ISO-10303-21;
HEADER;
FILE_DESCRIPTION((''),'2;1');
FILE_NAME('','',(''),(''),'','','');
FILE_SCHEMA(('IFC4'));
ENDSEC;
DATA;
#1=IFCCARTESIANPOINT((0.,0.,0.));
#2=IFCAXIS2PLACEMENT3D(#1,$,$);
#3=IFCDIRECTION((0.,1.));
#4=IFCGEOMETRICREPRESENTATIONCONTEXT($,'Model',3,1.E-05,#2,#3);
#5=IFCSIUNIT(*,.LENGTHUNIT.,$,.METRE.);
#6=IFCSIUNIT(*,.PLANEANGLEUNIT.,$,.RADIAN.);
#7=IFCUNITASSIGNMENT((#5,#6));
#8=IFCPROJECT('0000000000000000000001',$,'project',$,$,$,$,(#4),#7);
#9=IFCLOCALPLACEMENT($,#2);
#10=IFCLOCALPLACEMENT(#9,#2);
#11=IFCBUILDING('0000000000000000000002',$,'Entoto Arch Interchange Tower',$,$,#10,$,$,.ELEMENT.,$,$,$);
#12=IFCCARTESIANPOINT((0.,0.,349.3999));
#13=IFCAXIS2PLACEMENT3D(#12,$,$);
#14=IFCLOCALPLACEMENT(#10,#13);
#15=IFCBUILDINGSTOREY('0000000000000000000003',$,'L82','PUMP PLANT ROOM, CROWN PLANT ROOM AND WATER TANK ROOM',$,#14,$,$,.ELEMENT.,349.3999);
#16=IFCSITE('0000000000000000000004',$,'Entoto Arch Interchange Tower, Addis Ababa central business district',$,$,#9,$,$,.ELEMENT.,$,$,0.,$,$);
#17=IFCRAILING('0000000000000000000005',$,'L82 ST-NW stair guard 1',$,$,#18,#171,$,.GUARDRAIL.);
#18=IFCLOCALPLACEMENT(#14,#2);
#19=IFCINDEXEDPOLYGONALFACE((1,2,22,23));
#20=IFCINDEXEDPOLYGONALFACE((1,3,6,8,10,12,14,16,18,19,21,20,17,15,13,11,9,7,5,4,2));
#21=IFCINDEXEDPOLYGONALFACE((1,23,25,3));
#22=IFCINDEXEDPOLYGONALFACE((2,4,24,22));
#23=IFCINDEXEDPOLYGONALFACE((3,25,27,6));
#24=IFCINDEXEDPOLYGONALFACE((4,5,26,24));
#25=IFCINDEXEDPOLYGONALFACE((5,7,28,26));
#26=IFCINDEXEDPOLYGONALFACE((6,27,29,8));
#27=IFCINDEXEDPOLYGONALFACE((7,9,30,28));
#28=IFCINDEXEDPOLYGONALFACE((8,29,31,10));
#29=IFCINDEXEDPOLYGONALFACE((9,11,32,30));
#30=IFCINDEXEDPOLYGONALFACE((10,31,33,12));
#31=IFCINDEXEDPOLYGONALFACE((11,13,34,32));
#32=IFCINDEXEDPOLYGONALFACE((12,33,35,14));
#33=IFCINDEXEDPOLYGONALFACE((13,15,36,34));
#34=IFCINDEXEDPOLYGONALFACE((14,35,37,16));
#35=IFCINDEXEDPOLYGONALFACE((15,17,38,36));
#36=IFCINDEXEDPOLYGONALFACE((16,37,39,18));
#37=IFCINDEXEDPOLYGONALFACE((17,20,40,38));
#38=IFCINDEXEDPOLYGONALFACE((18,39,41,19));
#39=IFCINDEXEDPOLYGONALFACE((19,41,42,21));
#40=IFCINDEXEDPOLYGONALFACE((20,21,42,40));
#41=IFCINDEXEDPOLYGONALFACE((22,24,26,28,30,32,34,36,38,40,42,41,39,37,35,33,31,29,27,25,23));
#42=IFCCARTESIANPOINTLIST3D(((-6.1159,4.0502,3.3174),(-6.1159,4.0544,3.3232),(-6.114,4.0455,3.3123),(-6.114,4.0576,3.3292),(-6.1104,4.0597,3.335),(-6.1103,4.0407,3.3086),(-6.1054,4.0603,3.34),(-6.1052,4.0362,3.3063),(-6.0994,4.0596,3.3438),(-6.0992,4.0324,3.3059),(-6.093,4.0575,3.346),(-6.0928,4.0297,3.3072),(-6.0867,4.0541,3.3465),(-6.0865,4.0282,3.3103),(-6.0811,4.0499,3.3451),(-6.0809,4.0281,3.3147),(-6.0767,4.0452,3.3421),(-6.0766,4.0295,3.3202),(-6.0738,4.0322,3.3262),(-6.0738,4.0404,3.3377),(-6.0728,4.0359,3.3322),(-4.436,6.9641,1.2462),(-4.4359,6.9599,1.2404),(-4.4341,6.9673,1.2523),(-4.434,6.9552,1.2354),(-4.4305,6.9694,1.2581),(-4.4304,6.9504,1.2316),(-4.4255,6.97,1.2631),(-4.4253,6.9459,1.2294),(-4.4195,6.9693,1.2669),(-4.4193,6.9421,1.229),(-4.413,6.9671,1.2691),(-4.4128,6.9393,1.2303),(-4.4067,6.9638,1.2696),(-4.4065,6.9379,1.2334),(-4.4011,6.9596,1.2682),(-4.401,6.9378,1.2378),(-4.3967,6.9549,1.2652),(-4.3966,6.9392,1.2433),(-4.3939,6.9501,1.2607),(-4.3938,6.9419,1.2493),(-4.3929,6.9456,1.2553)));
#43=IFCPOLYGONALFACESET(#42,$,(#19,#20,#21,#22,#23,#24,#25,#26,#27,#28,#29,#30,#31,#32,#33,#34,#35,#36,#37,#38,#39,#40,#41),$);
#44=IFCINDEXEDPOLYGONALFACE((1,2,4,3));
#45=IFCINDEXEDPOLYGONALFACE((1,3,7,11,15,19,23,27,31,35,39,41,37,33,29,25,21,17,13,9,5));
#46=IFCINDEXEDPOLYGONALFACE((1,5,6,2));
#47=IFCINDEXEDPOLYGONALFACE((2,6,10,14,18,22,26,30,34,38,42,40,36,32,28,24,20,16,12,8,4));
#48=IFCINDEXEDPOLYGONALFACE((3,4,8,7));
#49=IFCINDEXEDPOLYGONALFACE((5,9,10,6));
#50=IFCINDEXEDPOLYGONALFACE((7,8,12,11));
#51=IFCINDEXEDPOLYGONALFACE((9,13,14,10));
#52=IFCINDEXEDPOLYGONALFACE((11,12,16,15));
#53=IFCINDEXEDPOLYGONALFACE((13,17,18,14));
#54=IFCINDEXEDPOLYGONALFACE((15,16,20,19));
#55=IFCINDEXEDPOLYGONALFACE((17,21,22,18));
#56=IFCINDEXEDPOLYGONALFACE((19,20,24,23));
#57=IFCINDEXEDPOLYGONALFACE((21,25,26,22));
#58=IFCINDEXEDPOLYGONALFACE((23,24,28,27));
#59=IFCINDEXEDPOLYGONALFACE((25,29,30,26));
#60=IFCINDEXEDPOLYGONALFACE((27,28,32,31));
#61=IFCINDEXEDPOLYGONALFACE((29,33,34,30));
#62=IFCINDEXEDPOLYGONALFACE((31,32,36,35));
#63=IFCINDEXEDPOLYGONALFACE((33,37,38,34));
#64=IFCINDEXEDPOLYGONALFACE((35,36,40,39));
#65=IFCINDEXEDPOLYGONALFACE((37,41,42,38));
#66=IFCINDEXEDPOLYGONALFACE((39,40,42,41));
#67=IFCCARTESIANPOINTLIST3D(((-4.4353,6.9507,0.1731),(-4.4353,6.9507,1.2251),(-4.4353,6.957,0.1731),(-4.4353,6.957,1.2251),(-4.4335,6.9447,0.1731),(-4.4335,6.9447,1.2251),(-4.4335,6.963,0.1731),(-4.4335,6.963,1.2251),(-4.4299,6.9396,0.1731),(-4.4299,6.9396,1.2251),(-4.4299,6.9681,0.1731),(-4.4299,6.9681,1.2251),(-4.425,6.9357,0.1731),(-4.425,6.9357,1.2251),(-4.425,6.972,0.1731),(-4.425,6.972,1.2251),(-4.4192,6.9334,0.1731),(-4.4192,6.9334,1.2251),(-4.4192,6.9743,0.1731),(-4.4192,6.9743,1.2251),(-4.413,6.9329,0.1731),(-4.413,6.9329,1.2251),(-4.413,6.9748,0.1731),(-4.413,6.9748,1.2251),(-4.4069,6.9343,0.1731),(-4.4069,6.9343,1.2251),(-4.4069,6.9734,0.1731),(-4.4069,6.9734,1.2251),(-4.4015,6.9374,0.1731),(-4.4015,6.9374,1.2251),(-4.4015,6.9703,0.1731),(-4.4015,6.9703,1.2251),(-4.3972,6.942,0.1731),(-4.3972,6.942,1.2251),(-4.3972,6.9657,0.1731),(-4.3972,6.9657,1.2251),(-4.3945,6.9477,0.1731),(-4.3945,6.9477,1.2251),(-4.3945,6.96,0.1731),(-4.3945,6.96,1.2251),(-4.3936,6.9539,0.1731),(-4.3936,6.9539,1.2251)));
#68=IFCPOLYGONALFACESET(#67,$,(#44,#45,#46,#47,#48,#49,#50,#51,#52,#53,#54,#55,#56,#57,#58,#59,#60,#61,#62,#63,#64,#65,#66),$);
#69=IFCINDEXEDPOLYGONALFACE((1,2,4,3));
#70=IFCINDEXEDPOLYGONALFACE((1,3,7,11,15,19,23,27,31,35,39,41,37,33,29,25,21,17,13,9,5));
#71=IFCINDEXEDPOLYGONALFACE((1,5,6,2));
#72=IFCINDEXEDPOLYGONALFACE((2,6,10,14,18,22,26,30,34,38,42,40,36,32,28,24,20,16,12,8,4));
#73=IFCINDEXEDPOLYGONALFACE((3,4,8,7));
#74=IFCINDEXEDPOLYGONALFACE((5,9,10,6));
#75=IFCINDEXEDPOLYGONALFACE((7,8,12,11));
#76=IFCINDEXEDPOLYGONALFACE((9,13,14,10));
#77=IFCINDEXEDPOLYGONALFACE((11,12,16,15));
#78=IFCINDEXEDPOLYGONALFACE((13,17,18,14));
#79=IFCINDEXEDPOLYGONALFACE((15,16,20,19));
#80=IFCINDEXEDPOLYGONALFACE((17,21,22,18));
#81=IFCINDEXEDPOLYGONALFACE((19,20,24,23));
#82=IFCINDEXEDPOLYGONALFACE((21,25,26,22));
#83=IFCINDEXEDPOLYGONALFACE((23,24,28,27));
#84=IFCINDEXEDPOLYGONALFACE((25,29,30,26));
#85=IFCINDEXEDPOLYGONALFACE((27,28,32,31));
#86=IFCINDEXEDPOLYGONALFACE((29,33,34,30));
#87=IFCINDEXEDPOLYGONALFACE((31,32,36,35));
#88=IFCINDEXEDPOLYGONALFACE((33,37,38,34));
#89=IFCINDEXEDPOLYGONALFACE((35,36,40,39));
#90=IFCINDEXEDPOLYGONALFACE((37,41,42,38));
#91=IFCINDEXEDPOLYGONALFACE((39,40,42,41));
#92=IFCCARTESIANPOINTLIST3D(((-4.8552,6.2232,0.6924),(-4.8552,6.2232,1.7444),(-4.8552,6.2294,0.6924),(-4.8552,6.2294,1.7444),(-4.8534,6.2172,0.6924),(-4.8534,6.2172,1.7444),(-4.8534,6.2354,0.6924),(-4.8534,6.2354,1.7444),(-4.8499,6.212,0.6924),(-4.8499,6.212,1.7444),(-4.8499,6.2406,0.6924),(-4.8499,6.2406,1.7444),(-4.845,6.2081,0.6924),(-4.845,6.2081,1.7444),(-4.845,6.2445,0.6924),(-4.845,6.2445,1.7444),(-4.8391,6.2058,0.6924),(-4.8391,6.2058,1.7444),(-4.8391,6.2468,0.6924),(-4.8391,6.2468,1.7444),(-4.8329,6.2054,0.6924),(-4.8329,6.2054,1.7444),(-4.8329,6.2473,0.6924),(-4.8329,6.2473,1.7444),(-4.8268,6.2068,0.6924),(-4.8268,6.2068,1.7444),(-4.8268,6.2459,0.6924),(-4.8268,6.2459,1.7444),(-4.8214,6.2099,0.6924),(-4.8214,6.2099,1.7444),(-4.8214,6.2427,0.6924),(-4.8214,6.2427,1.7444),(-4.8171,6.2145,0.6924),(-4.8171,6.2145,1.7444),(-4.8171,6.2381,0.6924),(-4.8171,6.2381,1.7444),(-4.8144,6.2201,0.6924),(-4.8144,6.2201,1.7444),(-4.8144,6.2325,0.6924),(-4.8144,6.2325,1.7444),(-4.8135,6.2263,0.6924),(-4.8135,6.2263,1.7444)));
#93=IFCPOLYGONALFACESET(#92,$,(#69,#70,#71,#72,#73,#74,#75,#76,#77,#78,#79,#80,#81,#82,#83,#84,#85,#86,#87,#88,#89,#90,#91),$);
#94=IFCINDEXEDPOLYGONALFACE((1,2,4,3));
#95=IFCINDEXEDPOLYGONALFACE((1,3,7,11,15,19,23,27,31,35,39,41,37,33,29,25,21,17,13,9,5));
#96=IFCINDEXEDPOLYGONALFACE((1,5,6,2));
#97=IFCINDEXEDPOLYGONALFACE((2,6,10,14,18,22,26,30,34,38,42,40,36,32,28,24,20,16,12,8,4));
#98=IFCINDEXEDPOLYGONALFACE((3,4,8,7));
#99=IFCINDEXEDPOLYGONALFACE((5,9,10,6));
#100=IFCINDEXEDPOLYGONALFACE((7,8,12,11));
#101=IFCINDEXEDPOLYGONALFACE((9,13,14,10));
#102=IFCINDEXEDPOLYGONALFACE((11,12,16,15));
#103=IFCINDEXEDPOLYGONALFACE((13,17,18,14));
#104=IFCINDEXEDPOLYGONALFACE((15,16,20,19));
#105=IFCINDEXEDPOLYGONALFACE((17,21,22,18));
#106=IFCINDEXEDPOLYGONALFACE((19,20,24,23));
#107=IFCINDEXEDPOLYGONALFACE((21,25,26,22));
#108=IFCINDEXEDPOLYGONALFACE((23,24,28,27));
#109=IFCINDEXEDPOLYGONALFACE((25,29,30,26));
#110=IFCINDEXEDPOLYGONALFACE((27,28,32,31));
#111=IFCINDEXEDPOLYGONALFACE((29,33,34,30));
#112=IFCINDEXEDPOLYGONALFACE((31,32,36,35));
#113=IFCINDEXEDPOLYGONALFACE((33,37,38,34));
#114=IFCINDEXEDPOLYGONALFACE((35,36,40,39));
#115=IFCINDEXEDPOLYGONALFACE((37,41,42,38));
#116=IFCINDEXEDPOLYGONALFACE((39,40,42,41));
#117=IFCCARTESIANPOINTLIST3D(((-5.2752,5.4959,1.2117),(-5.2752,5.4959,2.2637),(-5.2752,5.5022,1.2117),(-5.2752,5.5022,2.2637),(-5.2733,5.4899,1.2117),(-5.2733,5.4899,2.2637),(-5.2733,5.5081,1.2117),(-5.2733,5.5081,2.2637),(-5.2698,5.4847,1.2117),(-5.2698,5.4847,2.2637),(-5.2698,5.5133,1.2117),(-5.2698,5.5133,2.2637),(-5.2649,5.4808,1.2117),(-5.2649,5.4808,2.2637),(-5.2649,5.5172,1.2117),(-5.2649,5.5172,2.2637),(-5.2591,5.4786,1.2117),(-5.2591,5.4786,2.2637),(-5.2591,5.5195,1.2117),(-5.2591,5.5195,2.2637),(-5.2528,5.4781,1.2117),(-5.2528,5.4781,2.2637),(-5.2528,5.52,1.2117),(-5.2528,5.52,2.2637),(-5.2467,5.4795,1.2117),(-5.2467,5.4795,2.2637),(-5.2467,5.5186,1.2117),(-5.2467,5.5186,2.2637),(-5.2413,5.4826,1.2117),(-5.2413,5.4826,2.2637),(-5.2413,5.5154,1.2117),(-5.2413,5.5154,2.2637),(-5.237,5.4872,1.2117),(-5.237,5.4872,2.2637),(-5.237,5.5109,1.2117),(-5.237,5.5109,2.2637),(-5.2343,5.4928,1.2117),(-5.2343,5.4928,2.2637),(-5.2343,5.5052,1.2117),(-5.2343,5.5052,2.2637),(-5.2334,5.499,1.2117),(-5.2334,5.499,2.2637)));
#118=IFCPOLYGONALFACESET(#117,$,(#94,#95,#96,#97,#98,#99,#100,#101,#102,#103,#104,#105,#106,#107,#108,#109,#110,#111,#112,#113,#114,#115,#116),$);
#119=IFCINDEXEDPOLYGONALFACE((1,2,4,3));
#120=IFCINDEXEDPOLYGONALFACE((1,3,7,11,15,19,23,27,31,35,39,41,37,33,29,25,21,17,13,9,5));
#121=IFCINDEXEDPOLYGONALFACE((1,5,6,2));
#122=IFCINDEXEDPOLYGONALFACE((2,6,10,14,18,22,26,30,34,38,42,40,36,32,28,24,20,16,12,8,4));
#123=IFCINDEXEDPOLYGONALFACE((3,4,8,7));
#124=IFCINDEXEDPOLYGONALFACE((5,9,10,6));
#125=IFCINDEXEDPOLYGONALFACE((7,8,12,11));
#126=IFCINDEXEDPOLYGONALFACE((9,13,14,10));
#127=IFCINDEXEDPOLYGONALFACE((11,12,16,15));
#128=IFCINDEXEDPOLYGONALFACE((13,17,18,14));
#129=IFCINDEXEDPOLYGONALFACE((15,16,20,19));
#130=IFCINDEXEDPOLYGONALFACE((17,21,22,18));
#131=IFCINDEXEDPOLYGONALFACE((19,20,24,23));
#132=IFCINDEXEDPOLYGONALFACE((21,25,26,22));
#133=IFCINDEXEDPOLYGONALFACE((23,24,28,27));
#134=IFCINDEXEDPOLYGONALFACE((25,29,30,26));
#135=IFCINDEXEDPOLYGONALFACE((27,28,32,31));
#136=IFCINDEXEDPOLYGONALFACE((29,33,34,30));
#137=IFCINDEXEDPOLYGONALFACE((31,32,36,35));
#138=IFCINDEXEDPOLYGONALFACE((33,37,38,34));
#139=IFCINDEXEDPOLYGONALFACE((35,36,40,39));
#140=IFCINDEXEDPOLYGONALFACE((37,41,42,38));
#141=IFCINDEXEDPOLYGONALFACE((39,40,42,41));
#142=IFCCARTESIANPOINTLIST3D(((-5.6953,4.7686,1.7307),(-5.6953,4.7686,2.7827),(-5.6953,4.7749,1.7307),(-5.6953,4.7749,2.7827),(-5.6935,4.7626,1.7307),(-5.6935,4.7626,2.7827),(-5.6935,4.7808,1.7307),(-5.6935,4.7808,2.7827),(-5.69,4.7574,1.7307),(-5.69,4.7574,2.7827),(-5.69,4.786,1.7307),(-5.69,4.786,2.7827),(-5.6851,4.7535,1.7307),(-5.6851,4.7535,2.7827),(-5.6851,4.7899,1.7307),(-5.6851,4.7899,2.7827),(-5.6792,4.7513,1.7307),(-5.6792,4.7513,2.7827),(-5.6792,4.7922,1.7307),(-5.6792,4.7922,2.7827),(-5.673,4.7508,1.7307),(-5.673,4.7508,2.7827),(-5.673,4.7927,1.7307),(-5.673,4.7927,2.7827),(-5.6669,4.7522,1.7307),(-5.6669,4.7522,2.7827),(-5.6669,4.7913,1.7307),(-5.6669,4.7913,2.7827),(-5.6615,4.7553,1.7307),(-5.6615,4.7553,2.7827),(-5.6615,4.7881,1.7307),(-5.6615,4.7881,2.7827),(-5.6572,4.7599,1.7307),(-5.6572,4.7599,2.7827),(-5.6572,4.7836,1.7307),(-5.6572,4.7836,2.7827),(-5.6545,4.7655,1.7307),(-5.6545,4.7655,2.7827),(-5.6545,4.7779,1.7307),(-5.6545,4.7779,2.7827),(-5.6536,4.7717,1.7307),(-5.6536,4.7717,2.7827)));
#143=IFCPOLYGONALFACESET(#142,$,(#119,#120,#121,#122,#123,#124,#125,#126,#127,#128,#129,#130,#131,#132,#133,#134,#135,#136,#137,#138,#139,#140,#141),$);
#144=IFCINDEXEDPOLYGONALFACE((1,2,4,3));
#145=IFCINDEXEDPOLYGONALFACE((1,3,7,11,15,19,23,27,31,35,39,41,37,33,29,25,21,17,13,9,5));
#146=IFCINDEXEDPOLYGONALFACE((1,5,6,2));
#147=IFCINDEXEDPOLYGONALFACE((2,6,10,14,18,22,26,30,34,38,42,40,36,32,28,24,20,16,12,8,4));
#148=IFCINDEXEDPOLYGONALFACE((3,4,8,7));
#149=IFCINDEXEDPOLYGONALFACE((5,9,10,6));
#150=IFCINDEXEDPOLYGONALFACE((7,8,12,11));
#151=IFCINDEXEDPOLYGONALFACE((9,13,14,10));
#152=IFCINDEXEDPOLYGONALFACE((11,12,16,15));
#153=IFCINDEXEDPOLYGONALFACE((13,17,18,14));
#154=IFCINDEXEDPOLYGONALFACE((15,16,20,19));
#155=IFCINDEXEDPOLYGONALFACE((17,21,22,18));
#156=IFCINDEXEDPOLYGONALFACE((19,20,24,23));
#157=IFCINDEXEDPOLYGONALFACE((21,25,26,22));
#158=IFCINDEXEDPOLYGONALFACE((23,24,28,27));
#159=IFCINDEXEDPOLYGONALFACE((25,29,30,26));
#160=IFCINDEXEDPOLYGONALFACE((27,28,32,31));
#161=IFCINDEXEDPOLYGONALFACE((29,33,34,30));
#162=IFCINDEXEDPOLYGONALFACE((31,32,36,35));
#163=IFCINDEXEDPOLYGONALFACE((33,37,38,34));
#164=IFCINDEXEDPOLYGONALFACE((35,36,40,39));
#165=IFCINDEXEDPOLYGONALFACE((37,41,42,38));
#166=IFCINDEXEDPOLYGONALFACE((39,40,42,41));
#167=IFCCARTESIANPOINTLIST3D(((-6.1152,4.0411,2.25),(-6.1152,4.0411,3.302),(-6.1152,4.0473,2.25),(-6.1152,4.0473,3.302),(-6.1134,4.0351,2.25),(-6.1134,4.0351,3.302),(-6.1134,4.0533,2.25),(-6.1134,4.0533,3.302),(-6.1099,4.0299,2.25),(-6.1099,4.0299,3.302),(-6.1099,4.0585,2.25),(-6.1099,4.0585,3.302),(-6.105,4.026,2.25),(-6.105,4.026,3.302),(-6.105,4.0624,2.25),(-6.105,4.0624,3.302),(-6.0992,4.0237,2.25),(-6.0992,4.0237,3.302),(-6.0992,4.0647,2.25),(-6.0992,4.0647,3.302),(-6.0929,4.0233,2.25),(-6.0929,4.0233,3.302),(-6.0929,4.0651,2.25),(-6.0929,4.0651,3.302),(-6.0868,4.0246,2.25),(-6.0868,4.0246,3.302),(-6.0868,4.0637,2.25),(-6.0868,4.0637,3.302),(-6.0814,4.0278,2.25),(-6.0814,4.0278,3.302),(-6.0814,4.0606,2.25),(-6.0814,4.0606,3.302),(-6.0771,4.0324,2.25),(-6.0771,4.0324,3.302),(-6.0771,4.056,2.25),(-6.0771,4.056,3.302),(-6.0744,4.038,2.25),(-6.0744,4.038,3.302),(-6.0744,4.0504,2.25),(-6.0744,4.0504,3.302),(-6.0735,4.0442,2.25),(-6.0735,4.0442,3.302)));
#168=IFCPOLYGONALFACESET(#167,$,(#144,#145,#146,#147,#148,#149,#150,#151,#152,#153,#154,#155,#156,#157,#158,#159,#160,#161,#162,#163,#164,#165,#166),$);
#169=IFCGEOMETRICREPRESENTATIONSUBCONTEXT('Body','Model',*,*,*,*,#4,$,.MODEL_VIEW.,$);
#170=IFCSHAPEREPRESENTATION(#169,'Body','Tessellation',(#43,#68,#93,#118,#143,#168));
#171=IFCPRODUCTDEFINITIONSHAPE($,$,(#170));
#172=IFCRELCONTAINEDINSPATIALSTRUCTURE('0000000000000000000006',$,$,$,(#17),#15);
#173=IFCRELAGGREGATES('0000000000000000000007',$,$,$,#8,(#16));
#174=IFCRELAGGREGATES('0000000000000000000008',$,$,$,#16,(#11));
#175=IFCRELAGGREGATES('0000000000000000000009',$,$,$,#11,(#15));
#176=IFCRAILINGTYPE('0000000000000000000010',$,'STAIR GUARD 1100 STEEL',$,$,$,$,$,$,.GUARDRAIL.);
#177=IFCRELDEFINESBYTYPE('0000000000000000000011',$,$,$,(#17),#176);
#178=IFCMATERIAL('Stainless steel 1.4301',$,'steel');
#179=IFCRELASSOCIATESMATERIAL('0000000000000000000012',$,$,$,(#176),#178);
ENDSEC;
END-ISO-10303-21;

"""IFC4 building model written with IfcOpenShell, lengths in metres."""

from ifc_helpers import new_model, si_unit, direction, frame, origin, origin_2d, place, context, subcontext, project, spatial, circle, extrude, material, type_object, element, save


model = new_model("IFC4")

# Units and contexts
model_context = context("Model", 3, precision=1e-05, world=origin(), true_north=direction((0.0, 1.0)))
body_context = subcontext(model_context, "Body", "Model", "MODEL_VIEW")
ifc_project = project(units=[si_unit("LENGTHUNIT", "METRE"), si_unit("PLANEANGLEUNIT", "RADIAN")], contexts=[model_context])

# Site, building, storey
site_placement = place(None, origin())
site = spatial("IfcSite", under=ifc_project, at=site_placement, Name="Entoto Arch Interchange Tower, Addis Ababa central business district", CompositionType="ELEMENT", RefElevation=0.0)
building_placement = place(site_placement, origin())
building = spatial("IfcBuilding", under=site, at=building_placement, Name="Entoto Arch Interchange Tower", CompositionType="ELEMENT")
storey_placement = place(building_placement, frame((0.0, 0.0, 349.3999)))
storey = spatial("IfcBuildingStorey", under=building, at=storey_placement, Name="L82", Description="PUMP PLANT ROOM, CROWN PLANT ROOM AND WATER TANK ROOM", CompositionType="ELEMENT", Elevation=349.3999)

# Railing
ifc_material_1 = material(Name="Stainless steel 1.4301", Category="steel")
railing_type = type_object("IfcRailingType", Name="STAIR GUARD 1100 STEEL", PredefinedType="GUARDRAIL", material=ifc_material_1)
railing_1_placement = place(storey_placement, frame((-4.4146, 6.9539, 0.1731)))
element("IfcRailing", 1, at=railing_1_placement, inside=storey, type_object=railing_type, Name="L82 ST-NW stair guard 1", PredefinedType="GUARDRAIL", context=body_context, shape_type="SweptSolid", body=[
    extrude(circle(Radius=0.0239, at=origin_2d()), frame((0.0, 0.0, 1.0762), z_axis=(-0.425308, -0.73664, 0.525809), x_axis=(0.866021, -0.500008, 0.0)), (0.0, 0.0, 1.0), 3.95),
    extrude(circle(Radius=0.021, at=origin_2d()), origin(), (0.0, 0.0, 1.0), 1.052),
    extrude(circle(Radius=0.021, at=origin_2d()), frame((-0.4199, -0.7275, 0.5193)), (0.0, 0.0, 1.0), 1.052),
    extrude(circle(Radius=0.021, at=origin_2d()), frame((-0.8398, -1.4548, 1.0386)), (0.0, 0.0, 1.0), 1.052),
    extrude(circle(Radius=0.021, at=origin_2d()), frame((-1.26, -2.1821, 1.5576)), (0.0, 0.0, 1.0), 1.052),
    extrude(circle(Radius=0.021, at=origin_2d()), frame((-1.6799, -2.9097, 2.0769)), (0.0, 0.0, 1.0), 1.052),
])

save(model, "model.ifc")
